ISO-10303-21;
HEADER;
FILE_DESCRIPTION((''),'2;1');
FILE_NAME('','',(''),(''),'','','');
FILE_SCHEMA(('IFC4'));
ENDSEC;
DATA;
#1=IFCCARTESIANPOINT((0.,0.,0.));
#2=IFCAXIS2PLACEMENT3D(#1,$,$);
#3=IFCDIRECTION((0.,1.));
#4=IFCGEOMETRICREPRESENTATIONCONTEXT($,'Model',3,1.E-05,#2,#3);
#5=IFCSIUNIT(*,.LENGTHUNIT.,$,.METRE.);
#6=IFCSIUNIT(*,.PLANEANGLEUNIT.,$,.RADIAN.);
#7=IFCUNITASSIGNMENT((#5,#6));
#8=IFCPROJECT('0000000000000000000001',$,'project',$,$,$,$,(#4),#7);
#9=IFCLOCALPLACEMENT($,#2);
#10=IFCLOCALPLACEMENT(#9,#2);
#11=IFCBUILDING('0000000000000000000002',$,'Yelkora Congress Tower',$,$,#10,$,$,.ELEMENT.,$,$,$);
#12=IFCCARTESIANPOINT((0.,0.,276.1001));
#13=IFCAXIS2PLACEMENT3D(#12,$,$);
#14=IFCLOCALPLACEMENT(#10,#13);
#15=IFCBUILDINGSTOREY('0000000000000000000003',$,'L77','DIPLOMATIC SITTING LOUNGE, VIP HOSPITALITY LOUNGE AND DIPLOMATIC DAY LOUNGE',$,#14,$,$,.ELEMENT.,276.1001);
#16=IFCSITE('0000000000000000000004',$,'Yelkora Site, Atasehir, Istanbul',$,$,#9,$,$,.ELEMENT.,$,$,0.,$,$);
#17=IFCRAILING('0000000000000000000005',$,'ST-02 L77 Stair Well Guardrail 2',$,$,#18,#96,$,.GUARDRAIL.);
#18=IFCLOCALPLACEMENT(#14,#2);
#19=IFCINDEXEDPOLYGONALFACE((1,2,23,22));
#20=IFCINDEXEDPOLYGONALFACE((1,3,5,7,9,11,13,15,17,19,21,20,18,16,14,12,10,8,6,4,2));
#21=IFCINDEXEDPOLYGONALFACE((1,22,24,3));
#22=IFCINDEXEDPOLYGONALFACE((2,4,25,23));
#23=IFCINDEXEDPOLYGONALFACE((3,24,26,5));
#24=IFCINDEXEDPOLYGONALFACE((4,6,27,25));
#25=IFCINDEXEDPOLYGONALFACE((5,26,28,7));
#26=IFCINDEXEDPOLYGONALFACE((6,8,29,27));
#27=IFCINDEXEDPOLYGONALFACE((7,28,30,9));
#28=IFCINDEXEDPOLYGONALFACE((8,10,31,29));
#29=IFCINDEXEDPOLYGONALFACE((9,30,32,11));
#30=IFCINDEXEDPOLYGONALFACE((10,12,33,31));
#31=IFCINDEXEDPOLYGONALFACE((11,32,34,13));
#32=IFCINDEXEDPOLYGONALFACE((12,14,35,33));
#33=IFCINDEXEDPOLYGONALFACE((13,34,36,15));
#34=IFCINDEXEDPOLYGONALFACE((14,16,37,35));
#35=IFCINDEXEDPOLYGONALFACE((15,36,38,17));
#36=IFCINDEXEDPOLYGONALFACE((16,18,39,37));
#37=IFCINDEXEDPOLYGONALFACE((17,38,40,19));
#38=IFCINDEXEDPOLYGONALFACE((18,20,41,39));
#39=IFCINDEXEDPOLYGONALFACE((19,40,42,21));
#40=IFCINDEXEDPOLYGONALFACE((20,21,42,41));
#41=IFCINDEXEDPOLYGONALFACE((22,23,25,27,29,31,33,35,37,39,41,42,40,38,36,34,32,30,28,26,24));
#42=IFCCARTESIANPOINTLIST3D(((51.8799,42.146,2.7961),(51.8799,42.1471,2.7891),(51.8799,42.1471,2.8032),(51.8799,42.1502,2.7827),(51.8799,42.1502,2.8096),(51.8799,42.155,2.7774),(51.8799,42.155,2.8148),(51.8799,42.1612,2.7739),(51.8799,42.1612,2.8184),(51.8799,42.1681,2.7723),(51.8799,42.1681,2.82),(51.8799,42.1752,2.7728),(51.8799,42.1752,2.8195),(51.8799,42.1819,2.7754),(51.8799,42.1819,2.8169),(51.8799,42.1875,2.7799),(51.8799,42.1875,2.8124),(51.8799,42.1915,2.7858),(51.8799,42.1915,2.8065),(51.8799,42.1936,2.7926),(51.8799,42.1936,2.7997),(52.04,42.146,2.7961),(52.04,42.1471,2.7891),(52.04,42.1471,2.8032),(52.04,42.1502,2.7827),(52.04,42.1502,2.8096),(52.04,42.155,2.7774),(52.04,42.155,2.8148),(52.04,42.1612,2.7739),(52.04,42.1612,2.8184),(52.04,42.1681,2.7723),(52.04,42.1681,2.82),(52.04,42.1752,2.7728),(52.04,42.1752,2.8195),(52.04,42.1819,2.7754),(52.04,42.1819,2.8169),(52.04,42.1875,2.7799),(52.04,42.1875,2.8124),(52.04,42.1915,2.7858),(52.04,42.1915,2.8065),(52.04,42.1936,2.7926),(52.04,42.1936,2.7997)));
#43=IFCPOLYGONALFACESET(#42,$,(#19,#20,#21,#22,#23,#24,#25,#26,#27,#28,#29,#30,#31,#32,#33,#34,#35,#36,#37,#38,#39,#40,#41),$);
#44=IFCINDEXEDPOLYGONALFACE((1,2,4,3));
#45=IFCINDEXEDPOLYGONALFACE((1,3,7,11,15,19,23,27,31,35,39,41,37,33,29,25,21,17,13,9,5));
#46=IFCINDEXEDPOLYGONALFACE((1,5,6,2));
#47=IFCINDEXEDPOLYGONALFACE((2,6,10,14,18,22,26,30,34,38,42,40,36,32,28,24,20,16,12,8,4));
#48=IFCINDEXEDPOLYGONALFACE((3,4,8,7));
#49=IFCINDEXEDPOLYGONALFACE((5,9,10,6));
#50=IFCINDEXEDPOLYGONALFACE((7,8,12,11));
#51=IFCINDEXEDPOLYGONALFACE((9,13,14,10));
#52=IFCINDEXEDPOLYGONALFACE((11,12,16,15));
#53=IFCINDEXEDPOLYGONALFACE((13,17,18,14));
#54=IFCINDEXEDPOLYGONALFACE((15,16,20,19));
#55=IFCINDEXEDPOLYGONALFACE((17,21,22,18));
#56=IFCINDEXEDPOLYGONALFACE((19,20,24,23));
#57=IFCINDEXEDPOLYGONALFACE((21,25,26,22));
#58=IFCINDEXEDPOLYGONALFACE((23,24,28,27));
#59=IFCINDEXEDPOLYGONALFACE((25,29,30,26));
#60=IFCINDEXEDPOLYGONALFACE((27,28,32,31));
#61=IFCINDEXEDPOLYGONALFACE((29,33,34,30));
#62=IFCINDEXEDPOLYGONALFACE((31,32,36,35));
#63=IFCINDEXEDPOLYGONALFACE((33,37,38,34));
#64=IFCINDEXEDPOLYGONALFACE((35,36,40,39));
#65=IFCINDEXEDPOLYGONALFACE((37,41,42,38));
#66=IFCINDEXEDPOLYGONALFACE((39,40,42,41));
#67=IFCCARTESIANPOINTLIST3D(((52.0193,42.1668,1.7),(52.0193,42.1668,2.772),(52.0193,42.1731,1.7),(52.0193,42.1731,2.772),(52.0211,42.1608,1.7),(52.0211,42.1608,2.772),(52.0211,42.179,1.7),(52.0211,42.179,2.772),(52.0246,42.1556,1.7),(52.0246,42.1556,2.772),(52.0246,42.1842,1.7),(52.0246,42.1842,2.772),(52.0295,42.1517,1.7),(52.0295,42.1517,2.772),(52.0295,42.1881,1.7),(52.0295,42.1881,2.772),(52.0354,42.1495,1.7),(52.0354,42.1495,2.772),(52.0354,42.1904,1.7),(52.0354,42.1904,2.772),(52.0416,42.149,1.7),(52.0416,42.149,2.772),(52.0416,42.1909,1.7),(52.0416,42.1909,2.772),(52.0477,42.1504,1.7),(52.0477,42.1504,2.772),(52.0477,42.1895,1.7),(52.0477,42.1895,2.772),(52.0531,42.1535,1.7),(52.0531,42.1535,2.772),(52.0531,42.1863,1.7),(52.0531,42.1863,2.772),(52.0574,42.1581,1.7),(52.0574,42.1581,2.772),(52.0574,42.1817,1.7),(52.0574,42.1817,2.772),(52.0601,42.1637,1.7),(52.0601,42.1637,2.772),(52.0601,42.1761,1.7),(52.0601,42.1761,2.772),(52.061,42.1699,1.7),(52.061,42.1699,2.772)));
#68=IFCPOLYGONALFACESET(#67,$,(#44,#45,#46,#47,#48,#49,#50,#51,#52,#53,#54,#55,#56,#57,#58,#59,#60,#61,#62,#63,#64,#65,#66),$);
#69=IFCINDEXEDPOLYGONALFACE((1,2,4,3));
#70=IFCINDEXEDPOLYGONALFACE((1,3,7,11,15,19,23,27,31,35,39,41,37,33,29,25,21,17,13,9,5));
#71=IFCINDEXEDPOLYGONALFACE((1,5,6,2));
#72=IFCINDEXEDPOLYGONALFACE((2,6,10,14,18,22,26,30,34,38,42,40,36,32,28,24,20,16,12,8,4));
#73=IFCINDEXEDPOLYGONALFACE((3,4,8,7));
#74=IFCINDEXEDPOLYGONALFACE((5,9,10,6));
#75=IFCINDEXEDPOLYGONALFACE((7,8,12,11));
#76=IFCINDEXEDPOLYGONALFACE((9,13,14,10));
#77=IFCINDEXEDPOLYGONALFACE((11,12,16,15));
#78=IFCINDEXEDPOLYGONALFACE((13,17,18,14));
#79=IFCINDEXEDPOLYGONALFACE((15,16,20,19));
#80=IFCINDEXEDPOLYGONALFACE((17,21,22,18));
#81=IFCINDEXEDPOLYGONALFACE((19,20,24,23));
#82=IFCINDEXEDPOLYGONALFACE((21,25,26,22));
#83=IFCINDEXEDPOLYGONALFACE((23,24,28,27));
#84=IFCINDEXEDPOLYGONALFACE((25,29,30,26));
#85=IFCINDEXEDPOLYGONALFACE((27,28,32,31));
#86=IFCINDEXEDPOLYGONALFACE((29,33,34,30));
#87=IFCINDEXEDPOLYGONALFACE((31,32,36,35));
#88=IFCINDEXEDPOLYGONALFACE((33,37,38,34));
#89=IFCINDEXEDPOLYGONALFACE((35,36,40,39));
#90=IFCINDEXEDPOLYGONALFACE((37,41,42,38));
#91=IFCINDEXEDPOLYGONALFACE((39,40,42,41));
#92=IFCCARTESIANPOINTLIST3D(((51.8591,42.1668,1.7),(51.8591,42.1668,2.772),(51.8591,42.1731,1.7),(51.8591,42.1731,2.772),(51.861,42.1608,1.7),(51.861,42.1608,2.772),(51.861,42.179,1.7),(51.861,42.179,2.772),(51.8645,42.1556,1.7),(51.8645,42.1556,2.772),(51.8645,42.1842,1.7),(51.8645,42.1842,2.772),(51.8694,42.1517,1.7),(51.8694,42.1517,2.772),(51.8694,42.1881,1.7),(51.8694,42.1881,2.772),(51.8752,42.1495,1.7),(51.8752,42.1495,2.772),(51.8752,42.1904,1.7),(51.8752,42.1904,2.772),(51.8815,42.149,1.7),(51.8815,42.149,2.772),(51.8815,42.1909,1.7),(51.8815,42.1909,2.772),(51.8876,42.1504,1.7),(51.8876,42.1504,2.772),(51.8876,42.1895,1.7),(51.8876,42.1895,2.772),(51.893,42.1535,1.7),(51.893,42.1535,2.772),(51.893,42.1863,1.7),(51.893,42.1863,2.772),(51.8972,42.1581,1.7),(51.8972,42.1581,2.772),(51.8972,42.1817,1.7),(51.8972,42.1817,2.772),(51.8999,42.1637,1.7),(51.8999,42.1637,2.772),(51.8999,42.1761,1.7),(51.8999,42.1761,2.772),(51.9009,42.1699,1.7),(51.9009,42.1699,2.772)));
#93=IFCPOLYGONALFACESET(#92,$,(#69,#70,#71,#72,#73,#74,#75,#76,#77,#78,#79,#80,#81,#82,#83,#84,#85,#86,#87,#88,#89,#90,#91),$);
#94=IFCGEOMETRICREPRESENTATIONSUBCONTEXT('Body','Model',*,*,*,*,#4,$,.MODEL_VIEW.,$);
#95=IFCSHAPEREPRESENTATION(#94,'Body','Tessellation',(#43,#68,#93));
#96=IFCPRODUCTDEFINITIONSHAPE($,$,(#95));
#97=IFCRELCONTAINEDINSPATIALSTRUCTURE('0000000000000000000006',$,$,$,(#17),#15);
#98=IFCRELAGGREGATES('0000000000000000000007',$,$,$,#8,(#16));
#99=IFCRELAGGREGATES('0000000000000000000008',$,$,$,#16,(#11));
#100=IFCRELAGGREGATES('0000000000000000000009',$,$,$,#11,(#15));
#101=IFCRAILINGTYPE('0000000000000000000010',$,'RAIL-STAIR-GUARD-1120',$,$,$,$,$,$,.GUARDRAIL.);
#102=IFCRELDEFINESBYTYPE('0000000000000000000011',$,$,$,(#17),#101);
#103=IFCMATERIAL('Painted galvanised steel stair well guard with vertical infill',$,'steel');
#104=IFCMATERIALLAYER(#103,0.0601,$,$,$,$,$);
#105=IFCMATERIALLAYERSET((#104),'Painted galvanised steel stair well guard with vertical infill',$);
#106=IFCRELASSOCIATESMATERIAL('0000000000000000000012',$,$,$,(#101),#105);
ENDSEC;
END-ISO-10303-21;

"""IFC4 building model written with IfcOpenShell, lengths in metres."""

from ifc_helpers import new_model, si_unit, direction, frame, origin, origin_2d, place, context, subcontext, project, spatial, circle, extrude, material, layer, layer_set, type_object, element, save


model = new_model("IFC4")

# Units and contexts
model_context = context("Model", 3, precision=1e-05, world=origin(), true_north=direction((0.0, 1.0)))
body_context = subcontext(model_context, "Body", "Model", "MODEL_VIEW")
ifc_project = project(units=[si_unit("LENGTHUNIT", "METRE"), si_unit("PLANEANGLEUNIT", "RADIAN")], contexts=[model_context])

# Site, building, storey
site_placement = place(None, origin())
site = spatial("IfcSite", under=ifc_project, at=site_placement, Name="Yelkora Site, Atasehir, Istanbul", CompositionType="ELEMENT", RefElevation=0.0)
building_placement = place(site_placement, origin())
building = spatial("IfcBuilding", under=site, at=building_placement, Name="Yelkora Congress Tower", CompositionType="ELEMENT")
storey_placement = place(building_placement, frame((0.0, 0.0, 276.1001)))
storey = spatial("IfcBuildingStorey", under=building, at=storey_placement, Name="L77", Description="DIPLOMATIC SITTING LOUNGE, VIP HOSPITALITY LOUNGE AND DIPLOMATIC DAY LOUNGE", CompositionType="ELEMENT", Elevation=276.1001)

# Railing
ifc_material_1 = material(Name="Painted galvanised steel stair well guard with vertical infill", Category="steel")
ifc_layer_1 = layer(ifc_material_1, 0.0601)
ifc_layer_set_1 = layer_set([ifc_layer_1], Name="Painted galvanised steel stair well guard with vertical infill")
railing_type = type_object("IfcRailingType", Name="RAIL-STAIR-GUARD-1120", PredefinedType="GUARDRAIL", material=ifc_layer_set_1)
railing_1_placement = place(storey_placement, frame((52.04, 42.1699, 1.7)))
element("IfcRailing", 1, at=railing_1_placement, inside=storey, type_object=railing_type, Name="ST-02 L77 Stair Well Guardrail 2", PredefinedType="GUARDRAIL", context=body_context, shape_type="SweptSolid", body=[
    extrude(circle(Radius=0.0239, at=origin_2d()), frame((0.0, 0.0, 1.0962), z_axis=(-1.0, 0.0, 0.0), x_axis=(0.0, -1.0, 0.0)), (0.0, 0.0, 1.0), 0.1602),
    extrude(circle(Radius=0.021, at=origin_2d()), origin(), (0.0, 0.0, 1.0), 1.072),
    extrude(circle(Radius=0.021, at=origin_2d()), frame((-0.1602, 0.0, 0.0)), (0.0, 0.0, 1.0), 1.072),
])

save(model, "model.ifc")
